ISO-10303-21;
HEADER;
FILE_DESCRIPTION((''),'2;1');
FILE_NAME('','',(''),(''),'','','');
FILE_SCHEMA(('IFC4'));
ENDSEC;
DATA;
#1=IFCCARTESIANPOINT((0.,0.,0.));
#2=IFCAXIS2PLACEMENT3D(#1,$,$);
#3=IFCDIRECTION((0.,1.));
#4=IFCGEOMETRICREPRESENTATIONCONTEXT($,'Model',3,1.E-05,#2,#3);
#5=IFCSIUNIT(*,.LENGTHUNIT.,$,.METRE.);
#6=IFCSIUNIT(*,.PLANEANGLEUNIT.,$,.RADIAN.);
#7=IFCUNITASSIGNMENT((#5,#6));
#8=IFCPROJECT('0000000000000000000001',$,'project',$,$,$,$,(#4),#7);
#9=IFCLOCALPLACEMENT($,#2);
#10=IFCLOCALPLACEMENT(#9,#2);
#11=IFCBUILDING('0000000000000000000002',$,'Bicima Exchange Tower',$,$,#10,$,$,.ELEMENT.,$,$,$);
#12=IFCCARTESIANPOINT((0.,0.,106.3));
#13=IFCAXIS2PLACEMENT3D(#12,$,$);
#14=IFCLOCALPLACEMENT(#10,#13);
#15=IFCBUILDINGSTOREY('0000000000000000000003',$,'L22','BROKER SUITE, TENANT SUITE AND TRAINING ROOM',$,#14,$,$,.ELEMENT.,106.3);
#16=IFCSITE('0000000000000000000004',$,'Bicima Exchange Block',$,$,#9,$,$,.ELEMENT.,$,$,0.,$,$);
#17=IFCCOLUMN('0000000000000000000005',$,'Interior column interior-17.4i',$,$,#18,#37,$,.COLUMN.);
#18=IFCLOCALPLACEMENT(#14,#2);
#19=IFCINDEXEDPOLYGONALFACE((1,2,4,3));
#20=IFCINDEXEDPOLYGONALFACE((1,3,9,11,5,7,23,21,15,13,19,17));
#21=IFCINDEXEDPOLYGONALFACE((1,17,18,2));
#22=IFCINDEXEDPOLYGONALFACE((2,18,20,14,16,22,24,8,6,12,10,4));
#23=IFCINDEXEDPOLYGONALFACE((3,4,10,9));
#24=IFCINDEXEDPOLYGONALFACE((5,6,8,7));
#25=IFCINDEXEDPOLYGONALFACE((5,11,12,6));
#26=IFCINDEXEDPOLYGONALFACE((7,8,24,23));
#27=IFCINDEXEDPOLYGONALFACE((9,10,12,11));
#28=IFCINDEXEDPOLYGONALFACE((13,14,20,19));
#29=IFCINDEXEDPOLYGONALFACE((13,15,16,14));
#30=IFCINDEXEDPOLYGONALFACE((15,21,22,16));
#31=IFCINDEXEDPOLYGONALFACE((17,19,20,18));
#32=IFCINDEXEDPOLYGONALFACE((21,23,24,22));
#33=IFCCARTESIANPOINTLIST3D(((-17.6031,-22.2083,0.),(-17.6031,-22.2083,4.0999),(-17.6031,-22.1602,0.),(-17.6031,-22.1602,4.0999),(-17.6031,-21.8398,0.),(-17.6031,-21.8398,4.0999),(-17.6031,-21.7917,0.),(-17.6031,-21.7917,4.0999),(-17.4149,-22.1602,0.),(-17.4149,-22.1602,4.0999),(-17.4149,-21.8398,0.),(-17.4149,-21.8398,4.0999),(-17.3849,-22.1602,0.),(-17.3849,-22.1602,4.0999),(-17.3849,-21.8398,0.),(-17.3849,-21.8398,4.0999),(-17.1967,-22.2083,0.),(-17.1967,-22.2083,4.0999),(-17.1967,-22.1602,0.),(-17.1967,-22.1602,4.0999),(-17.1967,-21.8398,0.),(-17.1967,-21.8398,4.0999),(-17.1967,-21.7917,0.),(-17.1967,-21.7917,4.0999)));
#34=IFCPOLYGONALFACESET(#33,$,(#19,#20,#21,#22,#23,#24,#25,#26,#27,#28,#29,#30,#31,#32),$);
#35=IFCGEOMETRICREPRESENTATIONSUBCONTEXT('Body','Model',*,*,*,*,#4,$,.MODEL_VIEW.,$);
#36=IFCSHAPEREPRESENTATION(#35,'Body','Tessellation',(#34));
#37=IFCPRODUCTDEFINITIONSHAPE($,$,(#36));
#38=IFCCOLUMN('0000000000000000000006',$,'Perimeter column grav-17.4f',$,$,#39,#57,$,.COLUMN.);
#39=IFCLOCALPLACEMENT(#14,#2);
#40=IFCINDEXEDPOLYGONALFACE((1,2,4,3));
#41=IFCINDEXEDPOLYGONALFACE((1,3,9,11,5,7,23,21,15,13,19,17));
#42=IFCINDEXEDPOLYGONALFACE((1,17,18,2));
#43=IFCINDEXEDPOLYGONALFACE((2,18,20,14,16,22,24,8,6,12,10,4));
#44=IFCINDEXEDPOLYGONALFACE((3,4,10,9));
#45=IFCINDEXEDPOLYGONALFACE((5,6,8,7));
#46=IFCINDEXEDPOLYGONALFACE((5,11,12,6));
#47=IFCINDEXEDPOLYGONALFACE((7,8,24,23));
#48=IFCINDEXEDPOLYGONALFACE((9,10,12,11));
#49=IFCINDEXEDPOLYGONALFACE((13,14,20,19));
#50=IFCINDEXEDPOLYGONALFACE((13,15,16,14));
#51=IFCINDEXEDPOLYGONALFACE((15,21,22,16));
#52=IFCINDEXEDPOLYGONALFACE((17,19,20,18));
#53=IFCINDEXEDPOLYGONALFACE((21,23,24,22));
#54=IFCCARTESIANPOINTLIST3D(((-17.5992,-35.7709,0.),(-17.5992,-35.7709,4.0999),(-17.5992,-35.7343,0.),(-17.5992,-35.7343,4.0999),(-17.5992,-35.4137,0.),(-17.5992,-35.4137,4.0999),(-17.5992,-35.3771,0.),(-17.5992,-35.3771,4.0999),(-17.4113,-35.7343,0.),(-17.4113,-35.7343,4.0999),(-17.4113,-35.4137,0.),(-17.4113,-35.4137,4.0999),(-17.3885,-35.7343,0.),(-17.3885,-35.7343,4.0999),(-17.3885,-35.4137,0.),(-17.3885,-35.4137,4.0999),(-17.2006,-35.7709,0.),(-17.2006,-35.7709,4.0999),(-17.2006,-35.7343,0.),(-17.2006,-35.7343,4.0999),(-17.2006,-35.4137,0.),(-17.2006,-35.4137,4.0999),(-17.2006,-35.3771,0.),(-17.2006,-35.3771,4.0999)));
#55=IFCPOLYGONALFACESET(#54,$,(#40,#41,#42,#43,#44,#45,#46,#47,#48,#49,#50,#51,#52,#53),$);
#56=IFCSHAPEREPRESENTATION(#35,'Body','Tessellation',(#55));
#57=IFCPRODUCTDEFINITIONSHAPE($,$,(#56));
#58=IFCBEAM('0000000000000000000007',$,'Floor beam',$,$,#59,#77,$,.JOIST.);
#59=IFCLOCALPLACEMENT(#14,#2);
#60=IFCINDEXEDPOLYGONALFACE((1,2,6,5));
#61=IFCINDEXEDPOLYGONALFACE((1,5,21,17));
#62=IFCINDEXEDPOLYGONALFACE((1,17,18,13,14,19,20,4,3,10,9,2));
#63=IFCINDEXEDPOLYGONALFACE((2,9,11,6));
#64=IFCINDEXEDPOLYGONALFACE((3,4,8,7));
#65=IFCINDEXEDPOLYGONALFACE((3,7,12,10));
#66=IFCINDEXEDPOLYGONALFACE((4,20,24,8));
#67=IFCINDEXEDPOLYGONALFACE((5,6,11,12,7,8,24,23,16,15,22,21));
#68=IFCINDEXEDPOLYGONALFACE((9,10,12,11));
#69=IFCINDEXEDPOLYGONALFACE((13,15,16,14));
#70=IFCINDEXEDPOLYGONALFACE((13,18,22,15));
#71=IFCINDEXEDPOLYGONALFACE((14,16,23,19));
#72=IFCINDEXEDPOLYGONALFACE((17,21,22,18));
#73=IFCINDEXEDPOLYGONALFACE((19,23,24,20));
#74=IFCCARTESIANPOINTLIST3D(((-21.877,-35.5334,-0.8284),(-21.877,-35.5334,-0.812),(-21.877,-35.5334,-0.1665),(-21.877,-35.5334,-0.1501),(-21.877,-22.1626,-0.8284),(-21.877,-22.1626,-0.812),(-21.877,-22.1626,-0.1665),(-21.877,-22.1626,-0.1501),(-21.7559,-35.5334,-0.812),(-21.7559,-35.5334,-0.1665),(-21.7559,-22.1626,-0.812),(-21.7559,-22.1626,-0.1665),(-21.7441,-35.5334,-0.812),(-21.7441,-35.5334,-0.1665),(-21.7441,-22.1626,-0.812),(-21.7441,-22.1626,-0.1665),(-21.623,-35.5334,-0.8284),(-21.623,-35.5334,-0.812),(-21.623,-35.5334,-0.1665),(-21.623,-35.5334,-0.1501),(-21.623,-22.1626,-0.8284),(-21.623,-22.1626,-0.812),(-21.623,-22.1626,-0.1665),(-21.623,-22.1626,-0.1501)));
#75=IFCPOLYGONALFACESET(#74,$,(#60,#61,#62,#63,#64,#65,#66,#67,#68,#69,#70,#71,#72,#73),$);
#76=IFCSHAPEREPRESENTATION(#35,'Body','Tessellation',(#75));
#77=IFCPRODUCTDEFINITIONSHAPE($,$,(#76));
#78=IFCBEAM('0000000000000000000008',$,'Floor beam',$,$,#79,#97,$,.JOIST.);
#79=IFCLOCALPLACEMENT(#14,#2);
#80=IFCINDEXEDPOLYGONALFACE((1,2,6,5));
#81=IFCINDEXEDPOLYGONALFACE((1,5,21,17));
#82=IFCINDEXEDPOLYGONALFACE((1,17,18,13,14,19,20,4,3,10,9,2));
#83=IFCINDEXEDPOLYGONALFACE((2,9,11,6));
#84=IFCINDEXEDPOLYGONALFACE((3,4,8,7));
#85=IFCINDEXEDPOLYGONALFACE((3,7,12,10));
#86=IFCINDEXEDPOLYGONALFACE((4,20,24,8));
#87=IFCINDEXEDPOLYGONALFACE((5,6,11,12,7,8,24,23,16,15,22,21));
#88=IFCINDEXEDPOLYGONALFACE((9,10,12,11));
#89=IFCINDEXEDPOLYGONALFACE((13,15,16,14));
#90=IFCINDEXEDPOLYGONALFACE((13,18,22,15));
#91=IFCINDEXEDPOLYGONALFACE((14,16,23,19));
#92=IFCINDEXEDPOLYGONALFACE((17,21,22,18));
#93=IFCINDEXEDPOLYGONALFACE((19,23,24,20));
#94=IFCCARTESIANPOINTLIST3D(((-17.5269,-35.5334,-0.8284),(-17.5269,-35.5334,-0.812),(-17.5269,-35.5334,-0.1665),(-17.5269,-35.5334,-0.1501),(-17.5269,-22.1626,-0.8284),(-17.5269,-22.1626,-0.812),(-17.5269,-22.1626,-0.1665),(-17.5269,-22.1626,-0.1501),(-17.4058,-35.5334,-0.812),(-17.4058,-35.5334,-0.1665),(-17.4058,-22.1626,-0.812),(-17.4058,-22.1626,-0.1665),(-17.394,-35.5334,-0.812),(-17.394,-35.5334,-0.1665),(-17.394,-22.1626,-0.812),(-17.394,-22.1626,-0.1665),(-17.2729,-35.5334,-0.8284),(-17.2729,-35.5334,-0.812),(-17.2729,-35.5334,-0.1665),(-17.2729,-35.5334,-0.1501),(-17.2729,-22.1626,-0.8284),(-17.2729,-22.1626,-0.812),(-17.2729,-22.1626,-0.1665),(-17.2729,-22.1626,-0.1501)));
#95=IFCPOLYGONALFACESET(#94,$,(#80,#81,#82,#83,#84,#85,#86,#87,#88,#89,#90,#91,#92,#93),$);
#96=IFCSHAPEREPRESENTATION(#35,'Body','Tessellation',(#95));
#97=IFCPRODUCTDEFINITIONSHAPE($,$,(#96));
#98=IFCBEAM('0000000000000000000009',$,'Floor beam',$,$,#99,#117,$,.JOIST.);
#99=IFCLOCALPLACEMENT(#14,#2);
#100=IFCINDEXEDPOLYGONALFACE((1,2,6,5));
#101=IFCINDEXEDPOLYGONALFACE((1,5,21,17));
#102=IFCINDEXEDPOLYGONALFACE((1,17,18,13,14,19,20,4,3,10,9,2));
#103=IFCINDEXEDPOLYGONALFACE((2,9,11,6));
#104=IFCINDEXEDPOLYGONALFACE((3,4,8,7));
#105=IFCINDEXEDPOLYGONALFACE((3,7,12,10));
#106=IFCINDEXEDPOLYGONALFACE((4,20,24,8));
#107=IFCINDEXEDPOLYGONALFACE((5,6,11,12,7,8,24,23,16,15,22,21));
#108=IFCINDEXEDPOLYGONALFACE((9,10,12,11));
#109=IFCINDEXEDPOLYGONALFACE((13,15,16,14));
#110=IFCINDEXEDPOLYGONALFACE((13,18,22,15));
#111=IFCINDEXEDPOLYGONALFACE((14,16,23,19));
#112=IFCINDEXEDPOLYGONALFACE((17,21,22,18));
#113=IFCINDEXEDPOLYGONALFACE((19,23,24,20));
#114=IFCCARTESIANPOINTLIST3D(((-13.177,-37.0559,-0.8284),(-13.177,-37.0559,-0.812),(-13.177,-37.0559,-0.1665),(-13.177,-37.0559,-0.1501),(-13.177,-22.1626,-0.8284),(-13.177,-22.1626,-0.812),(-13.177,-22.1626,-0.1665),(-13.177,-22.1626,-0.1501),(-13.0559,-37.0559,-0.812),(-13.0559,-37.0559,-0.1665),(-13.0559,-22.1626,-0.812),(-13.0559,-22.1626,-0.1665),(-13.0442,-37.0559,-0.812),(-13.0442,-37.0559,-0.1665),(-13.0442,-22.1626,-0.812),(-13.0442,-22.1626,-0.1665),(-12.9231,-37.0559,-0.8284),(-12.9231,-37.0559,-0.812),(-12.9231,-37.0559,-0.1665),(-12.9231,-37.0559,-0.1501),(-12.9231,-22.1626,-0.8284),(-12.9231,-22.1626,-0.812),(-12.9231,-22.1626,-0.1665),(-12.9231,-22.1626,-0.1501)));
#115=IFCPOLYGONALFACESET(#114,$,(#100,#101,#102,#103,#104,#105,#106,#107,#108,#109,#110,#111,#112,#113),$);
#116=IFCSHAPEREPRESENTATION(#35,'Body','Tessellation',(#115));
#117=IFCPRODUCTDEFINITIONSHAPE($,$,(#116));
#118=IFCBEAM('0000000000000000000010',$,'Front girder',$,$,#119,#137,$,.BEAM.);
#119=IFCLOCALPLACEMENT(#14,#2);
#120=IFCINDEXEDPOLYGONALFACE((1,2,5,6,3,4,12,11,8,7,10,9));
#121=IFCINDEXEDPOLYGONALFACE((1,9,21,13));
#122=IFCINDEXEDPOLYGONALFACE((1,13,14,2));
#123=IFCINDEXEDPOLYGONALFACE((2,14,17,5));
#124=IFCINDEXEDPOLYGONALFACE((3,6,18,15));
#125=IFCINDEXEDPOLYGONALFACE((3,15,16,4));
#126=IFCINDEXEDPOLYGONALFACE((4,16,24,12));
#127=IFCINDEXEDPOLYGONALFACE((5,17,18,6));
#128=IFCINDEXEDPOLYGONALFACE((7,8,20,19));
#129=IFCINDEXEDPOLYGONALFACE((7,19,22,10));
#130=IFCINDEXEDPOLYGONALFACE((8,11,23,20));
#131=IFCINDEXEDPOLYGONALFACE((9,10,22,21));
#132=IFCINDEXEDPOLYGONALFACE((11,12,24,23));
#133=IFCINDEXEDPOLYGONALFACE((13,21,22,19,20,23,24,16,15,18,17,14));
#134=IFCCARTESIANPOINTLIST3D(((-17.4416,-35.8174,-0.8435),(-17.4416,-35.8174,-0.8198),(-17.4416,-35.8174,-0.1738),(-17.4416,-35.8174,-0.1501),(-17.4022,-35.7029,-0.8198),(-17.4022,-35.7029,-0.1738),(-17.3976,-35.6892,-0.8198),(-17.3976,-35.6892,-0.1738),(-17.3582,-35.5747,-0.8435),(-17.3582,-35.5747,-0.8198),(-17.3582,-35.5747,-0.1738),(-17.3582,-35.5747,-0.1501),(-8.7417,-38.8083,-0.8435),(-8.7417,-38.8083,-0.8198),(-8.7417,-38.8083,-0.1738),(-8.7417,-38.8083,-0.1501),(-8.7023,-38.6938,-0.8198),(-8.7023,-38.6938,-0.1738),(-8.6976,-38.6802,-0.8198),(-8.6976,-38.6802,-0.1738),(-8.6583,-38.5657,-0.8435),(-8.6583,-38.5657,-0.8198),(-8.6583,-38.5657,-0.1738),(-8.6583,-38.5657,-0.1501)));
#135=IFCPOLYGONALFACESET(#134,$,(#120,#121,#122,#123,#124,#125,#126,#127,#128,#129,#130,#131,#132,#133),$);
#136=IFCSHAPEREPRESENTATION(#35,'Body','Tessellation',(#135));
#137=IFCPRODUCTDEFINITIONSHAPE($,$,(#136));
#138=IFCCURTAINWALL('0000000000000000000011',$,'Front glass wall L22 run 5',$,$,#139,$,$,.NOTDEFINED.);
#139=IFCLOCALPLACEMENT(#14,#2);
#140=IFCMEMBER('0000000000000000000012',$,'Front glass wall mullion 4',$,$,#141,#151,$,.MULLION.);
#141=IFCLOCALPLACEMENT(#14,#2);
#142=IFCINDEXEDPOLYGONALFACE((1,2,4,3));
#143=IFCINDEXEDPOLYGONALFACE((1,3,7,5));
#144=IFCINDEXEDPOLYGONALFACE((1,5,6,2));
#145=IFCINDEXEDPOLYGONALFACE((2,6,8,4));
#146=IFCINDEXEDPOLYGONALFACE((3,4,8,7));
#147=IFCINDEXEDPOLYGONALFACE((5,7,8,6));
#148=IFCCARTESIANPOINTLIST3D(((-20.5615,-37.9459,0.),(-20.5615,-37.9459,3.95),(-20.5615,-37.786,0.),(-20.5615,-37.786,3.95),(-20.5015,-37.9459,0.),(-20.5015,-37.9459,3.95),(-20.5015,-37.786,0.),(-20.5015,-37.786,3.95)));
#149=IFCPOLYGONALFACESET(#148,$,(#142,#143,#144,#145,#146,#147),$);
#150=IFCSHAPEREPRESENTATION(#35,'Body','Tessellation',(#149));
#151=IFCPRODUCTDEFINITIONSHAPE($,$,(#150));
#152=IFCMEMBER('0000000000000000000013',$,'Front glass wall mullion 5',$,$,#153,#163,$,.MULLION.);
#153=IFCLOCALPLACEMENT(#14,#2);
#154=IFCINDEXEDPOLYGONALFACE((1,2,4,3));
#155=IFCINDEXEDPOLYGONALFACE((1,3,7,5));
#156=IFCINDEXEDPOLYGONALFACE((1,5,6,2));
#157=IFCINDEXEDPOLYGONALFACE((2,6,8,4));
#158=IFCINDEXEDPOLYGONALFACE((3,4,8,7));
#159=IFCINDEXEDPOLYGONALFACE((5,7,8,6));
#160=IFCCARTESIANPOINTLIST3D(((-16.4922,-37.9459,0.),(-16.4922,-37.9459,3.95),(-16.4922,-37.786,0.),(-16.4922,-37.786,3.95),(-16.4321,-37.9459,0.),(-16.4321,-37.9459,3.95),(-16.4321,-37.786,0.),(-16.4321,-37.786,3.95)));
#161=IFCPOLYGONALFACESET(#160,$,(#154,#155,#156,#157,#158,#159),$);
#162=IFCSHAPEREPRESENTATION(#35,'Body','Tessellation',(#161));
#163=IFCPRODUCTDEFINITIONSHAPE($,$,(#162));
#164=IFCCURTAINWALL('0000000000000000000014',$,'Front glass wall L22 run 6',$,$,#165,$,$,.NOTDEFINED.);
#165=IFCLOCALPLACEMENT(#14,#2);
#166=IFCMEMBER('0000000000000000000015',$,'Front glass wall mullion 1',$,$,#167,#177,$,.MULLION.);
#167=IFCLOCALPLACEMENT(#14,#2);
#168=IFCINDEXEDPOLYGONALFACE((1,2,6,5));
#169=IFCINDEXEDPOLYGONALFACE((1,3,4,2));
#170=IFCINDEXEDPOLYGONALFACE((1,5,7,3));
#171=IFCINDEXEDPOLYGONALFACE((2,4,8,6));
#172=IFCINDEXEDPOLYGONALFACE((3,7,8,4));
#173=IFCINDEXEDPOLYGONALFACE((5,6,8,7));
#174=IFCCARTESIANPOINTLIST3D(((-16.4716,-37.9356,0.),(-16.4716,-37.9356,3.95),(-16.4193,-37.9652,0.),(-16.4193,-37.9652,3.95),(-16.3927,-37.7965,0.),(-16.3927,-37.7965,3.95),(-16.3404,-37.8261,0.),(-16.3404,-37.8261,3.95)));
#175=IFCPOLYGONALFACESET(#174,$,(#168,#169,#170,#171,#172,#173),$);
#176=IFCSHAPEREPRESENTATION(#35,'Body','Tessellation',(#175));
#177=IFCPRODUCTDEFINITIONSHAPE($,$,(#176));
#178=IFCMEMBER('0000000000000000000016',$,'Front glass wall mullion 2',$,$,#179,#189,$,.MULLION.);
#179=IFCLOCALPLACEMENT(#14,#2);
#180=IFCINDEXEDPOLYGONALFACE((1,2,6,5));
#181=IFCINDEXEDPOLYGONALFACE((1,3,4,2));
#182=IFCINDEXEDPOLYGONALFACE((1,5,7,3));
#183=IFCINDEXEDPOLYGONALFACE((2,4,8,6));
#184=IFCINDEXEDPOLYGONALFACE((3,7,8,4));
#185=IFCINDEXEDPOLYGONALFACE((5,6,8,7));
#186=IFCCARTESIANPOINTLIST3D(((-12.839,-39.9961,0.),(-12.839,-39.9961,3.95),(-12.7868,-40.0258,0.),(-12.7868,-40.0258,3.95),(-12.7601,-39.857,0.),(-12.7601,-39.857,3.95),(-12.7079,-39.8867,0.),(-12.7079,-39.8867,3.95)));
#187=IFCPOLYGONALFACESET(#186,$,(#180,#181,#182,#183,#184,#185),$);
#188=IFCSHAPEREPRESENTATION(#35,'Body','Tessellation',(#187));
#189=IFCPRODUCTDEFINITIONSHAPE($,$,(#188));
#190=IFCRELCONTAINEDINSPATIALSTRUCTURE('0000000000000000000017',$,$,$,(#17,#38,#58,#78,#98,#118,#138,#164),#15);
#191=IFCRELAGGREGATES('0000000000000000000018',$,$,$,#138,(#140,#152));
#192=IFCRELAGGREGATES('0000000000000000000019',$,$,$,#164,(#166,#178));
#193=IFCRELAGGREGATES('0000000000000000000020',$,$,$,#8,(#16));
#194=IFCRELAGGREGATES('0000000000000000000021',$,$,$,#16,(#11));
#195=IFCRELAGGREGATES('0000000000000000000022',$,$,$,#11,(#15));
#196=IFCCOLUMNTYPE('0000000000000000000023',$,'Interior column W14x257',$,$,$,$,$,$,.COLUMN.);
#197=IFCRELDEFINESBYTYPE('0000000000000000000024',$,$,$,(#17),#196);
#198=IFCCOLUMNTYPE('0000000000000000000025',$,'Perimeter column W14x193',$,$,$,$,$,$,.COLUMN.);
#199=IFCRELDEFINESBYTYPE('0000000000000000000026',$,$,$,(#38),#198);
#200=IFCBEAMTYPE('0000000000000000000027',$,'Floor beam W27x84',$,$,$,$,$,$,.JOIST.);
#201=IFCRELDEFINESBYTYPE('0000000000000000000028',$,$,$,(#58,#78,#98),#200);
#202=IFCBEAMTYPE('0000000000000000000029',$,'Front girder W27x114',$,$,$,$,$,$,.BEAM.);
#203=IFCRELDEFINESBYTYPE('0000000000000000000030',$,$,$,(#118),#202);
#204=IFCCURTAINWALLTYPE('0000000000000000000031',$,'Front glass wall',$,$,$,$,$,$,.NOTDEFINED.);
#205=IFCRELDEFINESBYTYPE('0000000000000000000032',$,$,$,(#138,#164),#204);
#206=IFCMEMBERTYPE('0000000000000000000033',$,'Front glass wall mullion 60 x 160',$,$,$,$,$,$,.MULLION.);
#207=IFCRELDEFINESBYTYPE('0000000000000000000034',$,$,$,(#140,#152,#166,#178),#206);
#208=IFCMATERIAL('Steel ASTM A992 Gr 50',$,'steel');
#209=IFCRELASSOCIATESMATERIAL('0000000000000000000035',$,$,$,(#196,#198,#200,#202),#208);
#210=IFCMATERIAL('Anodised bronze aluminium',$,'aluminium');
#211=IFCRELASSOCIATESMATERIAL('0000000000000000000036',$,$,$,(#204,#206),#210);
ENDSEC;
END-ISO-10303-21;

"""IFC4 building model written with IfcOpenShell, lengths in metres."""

from ifc_helpers import new_model, si_unit, direction, frame, origin, origin_2d, place, context, subcontext, project, spatial, rectangle, i_section, extrude, material, material_profile, profile_set, type_object, element, aggregate, save


model = new_model("IFC4")

# Units and contexts
model_context = context("Model", 3, precision=1e-05, world=origin(), true_north=direction((0.0, 1.0)))
body_context = subcontext(model_context, "Body", "Model", "MODEL_VIEW")
ifc_project = project(units=[si_unit("LENGTHUNIT", "METRE"), si_unit("PLANEANGLEUNIT", "RADIAN")], contexts=[model_context])

# Site, building, storey
site_placement = place(None, origin())
site = spatial("IfcSite", under=ifc_project, at=site_placement, Name="Bicima Exchange Block", CompositionType="ELEMENT", RefElevation=0.0)
building_placement = place(site_placement, origin())
building = spatial("IfcBuilding", under=site, at=building_placement, Name="Bicima Exchange Tower", CompositionType="ELEMENT")
storey_placement = place(building_placement, frame((0.0, 0.0, 106.3)))
storey = spatial("IfcBuildingStorey", under=building, at=storey_placement, Name="L22", Description="BROKER SUITE, TENANT SUITE AND TRAINING ROOM", CompositionType="ELEMENT", Elevation=106.3)

# Columns
ifc_material_1 = material(Name="Steel ASTM A992 Gr 50", Category="steel")
ifc_material_profile_1 = material_profile(ifc_material_1, i_section(OverallWidth=0.4065, OverallDepth=0.4165, WebThickness=0.03, FlangeThickness=0.0481, at=origin_2d()))
ifc_profile_set_1 = profile_set([ifc_material_profile_1], Name="Steel ASTM A992 Gr 50")
column_type_1 = type_object("IfcColumnType", Name="Interior column W14x257", PredefinedType="COLUMN", material=ifc_profile_set_1)
column_1_placement = place(storey_placement, frame((-17.3999, -22.0, 0.0), z_axis=(0.0, 0.0, 1.0), x_axis=(1.0, 0.0, 0.0)))
element("IfcColumn", 1, at=column_1_placement, inside=storey, type_object=column_type_1, Name="Interior column interior-17.4i", PredefinedType="COLUMN", context=body_context, shape_type="SweptSolid", body=[
    extrude(i_section(OverallWidth=0.4065, OverallDepth=0.4165, WebThickness=0.03, FlangeThickness=0.0481, at=origin_2d()), origin(), (0.0, 0.0, 1.0), 4.0999),
])
ifc_material_profile_2 = material_profile(ifc_material_1, i_section(OverallWidth=0.3987, OverallDepth=0.3938, WebThickness=0.0227, FlangeThickness=0.0366, at=origin_2d()))
ifc_profile_set_2 = profile_set([ifc_material_profile_2], Name="Steel ASTM A992 Gr 50")
column_type_2 = type_object("IfcColumnType", Name="Perimeter column W14x193", PredefinedType="COLUMN", material=ifc_profile_set_2)
column_2_placement = place(storey_placement, frame((-17.3999, -35.574, 0.0), z_axis=(0.0, 0.0, 1.0), x_axis=(1.0, 0.0, 0.0)))
element("IfcColumn", 2, at=column_2_placement, inside=storey, type_object=column_type_2, Name="Perimeter column grav-17.4f", PredefinedType="COLUMN", context=body_context, shape_type="SweptSolid", body=[
    extrude(i_section(OverallWidth=0.3987, OverallDepth=0.3938, WebThickness=0.0227, FlangeThickness=0.0366, at=origin_2d()), origin(), (0.0, 0.0, 1.0), 4.0999),
])

# Beams
ifc_material_profile_3 = material_profile(ifc_material_1, i_section(OverallWidth=0.2539, OverallDepth=0.6782, WebThickness=0.0117, FlangeThickness=0.0164, at=origin_2d()))
ifc_profile_set_3 = profile_set([ifc_material_profile_3], Name="Steel ASTM A992 Gr 50")
beam_type_1 = type_object("IfcBeamType", Name="Floor beam W27x84", PredefinedType="JOIST", material=ifc_profile_set_3)
for number, where, z_axis, x_axis, name in (
    (3, (-21.75, -22.1626, -0.4893), (0.0, -1.0, 0.0), (1.0, 0.0, 0.0), "Floor beam"),
    (4, (-17.3999, -22.1626, -0.4893), (0.0, -1.0, 0.0), (1.0, 0.0, 0.0), "Floor beam"),
):
    element("IfcBeam", number, at=place(storey_placement, frame(where, z_axis=z_axis, x_axis=x_axis)), inside=storey, type_object=beam_type_1, Name=name, PredefinedType="JOIST", context=body_context, shape_type="SweptSolid", body=[
        extrude(i_section(OverallWidth=0.2539, OverallDepth=0.6782, WebThickness=0.0117, FlangeThickness=0.0164, at=origin_2d()), origin(), (0.0, 0.0, 1.0), 13.3708),
    ])
beam_1_placement = place(storey_placement, frame((-13.05, -22.1626, -0.4893), z_axis=(0.0, -1.0, 0.0), x_axis=(1.0, 0.0, 0.0)))
element("IfcBeam", 5, at=beam_1_placement, inside=storey, type_object=beam_type_1, Name="Floor beam", PredefinedType="JOIST", context=body_context, shape_type="SweptSolid", body=[
    extrude(i_section(OverallWidth=0.2539, OverallDepth=0.6782, WebThickness=0.0117, FlangeThickness=0.0164, at=origin_2d()), origin(), (0.0, 0.0, 1.0), 14.8933),
])
ifc_material_profile_4 = material_profile(ifc_material_1, i_section(OverallWidth=0.2566, OverallDepth=0.6934, WebThickness=0.0144, FlangeThickness=0.0237, at=origin_2d()))
ifc_profile_set_4 = profile_set([ifc_material_profile_4], Name="Steel ASTM A992 Gr 50")
beam_type_2 = type_object("IfcBeamType", Name="Front girder W27x114", PredefinedType="BEAM", material=ifc_profile_set_4)
beam_2_placement = place(storey_placement, frame((-17.3999, -35.696, -0.4968), z_axis=(0.945675, -0.325115, 0.0), x_axis=(0.325115, 0.945675, 0.0)))
element("IfcBeam", 6, at=beam_2_placement, inside=storey, type_object=beam_type_2, Name="Front girder", PredefinedType="BEAM", context=body_context, shape_type="SweptSolid", body=[
    extrude(i_section(OverallWidth=0.2566, OverallDepth=0.6934, WebThickness=0.0144, FlangeThickness=0.0237, at=origin_2d()), origin(), (0.0, 0.0, 1.0), 9.1997),
])

# Curtain walls, members
ifc_material_2 = material(Name="Anodised bronze aluminium", Category="aluminium")
curtain_wall_type = type_object("IfcCurtainWallType", Name="Front glass wall", PredefinedType="NOTDEFINED", material=ifc_material_2)
curtain_wall_1_placement = place(storey_placement, origin())
curtain_wall_1 = element("IfcCurtainWall", 7, at=curtain_wall_1_placement, inside=storey, type_object=curtain_wall_type, Name="Front glass wall L22 run 5", PredefinedType="NOTDEFINED")
ifc_material_profile_5 = material_profile(ifc_material_2, rectangle(XDim=0.1599, YDim=0.0601, at=origin_2d()))
ifc_profile_set_5 = profile_set([ifc_material_profile_5], Name="Anodised bronze aluminium")
member_type_1 = type_object("IfcMemberType", Name="Front glass wall mullion 60 x 160", PredefinedType="MULLION", material=ifc_profile_set_5)
member_1_placement = place(storey_placement, frame((-20.5315, -37.866, 0.0), z_axis=(0.0, 0.0, 1.0), x_axis=(0.0, 1.0, 0.0)))
member_1 = element("IfcMember", 8, at=member_1_placement, type_object=member_type_1, Name="Front glass wall mullion 4", PredefinedType="MULLION", context=body_context, shape_type="SweptSolid", body=[
    extrude(rectangle(XDim=0.1599, YDim=0.0601, at=origin_2d()), origin(), (0.0, 0.0, 1.0), 3.95),
])
member_2_placement = place(storey_placement, frame((-16.4622, -37.866, 0.0), z_axis=(0.0, 0.0, 1.0), x_axis=(0.0, 1.0, 0.0)))
member_2 = element("IfcMember", 9, at=member_2_placement, type_object=member_type_1, Name="Front glass wall mullion 5", PredefinedType="MULLION", context=body_context, shape_type="SweptSolid", body=[
    extrude(rectangle(XDim=0.1599, YDim=0.0601, at=origin_2d()), origin(), (0.0, 0.0, 1.0), 3.95),
])
curtain_wall_2_placement = place(storey_placement, origin())
curtain_wall_2 = element("IfcCurtainWall", 10, at=curtain_wall_2_placement, inside=storey, type_object=curtain_wall_type, Name="Front glass wall L22 run 6", PredefinedType="NOTDEFINED")
member_3_placement = place(storey_placement, frame((-16.406, -37.8809, 0.0), z_axis=(0.0, 0.0, 1.0), x_axis=(0.493395, 0.869805, 0.0)))
member_3 = element("IfcMember", 11, at=member_3_placement, type_object=member_type_1, Name="Front glass wall mullion 1", PredefinedType="MULLION", context=body_context, shape_type="SweptSolid", body=[
    extrude(rectangle(XDim=0.1599, YDim=0.0601, at=origin_2d()), origin(), (0.0, 0.0, 1.0), 3.95),
])
member_4_placement = place(storey_placement, frame((-12.7734, -39.9414, 0.0), z_axis=(0.0, 0.0, 1.0), x_axis=(0.493395, 0.869805, 0.0)))
member_4 = element("IfcMember", 12, at=member_4_placement, type_object=member_type_1, Name="Front glass wall mullion 2", PredefinedType="MULLION", context=body_context, shape_type="SweptSolid", body=[
    extrude(rectangle(XDim=0.1599, YDim=0.0601, at=origin_2d()), origin(), (0.0, 0.0, 1.0), 3.95),
])

aggregate(curtain_wall_1, [member_1, member_2])
aggregate(curtain_wall_2, [member_3, member_4])

save(model, "model.ifc")
